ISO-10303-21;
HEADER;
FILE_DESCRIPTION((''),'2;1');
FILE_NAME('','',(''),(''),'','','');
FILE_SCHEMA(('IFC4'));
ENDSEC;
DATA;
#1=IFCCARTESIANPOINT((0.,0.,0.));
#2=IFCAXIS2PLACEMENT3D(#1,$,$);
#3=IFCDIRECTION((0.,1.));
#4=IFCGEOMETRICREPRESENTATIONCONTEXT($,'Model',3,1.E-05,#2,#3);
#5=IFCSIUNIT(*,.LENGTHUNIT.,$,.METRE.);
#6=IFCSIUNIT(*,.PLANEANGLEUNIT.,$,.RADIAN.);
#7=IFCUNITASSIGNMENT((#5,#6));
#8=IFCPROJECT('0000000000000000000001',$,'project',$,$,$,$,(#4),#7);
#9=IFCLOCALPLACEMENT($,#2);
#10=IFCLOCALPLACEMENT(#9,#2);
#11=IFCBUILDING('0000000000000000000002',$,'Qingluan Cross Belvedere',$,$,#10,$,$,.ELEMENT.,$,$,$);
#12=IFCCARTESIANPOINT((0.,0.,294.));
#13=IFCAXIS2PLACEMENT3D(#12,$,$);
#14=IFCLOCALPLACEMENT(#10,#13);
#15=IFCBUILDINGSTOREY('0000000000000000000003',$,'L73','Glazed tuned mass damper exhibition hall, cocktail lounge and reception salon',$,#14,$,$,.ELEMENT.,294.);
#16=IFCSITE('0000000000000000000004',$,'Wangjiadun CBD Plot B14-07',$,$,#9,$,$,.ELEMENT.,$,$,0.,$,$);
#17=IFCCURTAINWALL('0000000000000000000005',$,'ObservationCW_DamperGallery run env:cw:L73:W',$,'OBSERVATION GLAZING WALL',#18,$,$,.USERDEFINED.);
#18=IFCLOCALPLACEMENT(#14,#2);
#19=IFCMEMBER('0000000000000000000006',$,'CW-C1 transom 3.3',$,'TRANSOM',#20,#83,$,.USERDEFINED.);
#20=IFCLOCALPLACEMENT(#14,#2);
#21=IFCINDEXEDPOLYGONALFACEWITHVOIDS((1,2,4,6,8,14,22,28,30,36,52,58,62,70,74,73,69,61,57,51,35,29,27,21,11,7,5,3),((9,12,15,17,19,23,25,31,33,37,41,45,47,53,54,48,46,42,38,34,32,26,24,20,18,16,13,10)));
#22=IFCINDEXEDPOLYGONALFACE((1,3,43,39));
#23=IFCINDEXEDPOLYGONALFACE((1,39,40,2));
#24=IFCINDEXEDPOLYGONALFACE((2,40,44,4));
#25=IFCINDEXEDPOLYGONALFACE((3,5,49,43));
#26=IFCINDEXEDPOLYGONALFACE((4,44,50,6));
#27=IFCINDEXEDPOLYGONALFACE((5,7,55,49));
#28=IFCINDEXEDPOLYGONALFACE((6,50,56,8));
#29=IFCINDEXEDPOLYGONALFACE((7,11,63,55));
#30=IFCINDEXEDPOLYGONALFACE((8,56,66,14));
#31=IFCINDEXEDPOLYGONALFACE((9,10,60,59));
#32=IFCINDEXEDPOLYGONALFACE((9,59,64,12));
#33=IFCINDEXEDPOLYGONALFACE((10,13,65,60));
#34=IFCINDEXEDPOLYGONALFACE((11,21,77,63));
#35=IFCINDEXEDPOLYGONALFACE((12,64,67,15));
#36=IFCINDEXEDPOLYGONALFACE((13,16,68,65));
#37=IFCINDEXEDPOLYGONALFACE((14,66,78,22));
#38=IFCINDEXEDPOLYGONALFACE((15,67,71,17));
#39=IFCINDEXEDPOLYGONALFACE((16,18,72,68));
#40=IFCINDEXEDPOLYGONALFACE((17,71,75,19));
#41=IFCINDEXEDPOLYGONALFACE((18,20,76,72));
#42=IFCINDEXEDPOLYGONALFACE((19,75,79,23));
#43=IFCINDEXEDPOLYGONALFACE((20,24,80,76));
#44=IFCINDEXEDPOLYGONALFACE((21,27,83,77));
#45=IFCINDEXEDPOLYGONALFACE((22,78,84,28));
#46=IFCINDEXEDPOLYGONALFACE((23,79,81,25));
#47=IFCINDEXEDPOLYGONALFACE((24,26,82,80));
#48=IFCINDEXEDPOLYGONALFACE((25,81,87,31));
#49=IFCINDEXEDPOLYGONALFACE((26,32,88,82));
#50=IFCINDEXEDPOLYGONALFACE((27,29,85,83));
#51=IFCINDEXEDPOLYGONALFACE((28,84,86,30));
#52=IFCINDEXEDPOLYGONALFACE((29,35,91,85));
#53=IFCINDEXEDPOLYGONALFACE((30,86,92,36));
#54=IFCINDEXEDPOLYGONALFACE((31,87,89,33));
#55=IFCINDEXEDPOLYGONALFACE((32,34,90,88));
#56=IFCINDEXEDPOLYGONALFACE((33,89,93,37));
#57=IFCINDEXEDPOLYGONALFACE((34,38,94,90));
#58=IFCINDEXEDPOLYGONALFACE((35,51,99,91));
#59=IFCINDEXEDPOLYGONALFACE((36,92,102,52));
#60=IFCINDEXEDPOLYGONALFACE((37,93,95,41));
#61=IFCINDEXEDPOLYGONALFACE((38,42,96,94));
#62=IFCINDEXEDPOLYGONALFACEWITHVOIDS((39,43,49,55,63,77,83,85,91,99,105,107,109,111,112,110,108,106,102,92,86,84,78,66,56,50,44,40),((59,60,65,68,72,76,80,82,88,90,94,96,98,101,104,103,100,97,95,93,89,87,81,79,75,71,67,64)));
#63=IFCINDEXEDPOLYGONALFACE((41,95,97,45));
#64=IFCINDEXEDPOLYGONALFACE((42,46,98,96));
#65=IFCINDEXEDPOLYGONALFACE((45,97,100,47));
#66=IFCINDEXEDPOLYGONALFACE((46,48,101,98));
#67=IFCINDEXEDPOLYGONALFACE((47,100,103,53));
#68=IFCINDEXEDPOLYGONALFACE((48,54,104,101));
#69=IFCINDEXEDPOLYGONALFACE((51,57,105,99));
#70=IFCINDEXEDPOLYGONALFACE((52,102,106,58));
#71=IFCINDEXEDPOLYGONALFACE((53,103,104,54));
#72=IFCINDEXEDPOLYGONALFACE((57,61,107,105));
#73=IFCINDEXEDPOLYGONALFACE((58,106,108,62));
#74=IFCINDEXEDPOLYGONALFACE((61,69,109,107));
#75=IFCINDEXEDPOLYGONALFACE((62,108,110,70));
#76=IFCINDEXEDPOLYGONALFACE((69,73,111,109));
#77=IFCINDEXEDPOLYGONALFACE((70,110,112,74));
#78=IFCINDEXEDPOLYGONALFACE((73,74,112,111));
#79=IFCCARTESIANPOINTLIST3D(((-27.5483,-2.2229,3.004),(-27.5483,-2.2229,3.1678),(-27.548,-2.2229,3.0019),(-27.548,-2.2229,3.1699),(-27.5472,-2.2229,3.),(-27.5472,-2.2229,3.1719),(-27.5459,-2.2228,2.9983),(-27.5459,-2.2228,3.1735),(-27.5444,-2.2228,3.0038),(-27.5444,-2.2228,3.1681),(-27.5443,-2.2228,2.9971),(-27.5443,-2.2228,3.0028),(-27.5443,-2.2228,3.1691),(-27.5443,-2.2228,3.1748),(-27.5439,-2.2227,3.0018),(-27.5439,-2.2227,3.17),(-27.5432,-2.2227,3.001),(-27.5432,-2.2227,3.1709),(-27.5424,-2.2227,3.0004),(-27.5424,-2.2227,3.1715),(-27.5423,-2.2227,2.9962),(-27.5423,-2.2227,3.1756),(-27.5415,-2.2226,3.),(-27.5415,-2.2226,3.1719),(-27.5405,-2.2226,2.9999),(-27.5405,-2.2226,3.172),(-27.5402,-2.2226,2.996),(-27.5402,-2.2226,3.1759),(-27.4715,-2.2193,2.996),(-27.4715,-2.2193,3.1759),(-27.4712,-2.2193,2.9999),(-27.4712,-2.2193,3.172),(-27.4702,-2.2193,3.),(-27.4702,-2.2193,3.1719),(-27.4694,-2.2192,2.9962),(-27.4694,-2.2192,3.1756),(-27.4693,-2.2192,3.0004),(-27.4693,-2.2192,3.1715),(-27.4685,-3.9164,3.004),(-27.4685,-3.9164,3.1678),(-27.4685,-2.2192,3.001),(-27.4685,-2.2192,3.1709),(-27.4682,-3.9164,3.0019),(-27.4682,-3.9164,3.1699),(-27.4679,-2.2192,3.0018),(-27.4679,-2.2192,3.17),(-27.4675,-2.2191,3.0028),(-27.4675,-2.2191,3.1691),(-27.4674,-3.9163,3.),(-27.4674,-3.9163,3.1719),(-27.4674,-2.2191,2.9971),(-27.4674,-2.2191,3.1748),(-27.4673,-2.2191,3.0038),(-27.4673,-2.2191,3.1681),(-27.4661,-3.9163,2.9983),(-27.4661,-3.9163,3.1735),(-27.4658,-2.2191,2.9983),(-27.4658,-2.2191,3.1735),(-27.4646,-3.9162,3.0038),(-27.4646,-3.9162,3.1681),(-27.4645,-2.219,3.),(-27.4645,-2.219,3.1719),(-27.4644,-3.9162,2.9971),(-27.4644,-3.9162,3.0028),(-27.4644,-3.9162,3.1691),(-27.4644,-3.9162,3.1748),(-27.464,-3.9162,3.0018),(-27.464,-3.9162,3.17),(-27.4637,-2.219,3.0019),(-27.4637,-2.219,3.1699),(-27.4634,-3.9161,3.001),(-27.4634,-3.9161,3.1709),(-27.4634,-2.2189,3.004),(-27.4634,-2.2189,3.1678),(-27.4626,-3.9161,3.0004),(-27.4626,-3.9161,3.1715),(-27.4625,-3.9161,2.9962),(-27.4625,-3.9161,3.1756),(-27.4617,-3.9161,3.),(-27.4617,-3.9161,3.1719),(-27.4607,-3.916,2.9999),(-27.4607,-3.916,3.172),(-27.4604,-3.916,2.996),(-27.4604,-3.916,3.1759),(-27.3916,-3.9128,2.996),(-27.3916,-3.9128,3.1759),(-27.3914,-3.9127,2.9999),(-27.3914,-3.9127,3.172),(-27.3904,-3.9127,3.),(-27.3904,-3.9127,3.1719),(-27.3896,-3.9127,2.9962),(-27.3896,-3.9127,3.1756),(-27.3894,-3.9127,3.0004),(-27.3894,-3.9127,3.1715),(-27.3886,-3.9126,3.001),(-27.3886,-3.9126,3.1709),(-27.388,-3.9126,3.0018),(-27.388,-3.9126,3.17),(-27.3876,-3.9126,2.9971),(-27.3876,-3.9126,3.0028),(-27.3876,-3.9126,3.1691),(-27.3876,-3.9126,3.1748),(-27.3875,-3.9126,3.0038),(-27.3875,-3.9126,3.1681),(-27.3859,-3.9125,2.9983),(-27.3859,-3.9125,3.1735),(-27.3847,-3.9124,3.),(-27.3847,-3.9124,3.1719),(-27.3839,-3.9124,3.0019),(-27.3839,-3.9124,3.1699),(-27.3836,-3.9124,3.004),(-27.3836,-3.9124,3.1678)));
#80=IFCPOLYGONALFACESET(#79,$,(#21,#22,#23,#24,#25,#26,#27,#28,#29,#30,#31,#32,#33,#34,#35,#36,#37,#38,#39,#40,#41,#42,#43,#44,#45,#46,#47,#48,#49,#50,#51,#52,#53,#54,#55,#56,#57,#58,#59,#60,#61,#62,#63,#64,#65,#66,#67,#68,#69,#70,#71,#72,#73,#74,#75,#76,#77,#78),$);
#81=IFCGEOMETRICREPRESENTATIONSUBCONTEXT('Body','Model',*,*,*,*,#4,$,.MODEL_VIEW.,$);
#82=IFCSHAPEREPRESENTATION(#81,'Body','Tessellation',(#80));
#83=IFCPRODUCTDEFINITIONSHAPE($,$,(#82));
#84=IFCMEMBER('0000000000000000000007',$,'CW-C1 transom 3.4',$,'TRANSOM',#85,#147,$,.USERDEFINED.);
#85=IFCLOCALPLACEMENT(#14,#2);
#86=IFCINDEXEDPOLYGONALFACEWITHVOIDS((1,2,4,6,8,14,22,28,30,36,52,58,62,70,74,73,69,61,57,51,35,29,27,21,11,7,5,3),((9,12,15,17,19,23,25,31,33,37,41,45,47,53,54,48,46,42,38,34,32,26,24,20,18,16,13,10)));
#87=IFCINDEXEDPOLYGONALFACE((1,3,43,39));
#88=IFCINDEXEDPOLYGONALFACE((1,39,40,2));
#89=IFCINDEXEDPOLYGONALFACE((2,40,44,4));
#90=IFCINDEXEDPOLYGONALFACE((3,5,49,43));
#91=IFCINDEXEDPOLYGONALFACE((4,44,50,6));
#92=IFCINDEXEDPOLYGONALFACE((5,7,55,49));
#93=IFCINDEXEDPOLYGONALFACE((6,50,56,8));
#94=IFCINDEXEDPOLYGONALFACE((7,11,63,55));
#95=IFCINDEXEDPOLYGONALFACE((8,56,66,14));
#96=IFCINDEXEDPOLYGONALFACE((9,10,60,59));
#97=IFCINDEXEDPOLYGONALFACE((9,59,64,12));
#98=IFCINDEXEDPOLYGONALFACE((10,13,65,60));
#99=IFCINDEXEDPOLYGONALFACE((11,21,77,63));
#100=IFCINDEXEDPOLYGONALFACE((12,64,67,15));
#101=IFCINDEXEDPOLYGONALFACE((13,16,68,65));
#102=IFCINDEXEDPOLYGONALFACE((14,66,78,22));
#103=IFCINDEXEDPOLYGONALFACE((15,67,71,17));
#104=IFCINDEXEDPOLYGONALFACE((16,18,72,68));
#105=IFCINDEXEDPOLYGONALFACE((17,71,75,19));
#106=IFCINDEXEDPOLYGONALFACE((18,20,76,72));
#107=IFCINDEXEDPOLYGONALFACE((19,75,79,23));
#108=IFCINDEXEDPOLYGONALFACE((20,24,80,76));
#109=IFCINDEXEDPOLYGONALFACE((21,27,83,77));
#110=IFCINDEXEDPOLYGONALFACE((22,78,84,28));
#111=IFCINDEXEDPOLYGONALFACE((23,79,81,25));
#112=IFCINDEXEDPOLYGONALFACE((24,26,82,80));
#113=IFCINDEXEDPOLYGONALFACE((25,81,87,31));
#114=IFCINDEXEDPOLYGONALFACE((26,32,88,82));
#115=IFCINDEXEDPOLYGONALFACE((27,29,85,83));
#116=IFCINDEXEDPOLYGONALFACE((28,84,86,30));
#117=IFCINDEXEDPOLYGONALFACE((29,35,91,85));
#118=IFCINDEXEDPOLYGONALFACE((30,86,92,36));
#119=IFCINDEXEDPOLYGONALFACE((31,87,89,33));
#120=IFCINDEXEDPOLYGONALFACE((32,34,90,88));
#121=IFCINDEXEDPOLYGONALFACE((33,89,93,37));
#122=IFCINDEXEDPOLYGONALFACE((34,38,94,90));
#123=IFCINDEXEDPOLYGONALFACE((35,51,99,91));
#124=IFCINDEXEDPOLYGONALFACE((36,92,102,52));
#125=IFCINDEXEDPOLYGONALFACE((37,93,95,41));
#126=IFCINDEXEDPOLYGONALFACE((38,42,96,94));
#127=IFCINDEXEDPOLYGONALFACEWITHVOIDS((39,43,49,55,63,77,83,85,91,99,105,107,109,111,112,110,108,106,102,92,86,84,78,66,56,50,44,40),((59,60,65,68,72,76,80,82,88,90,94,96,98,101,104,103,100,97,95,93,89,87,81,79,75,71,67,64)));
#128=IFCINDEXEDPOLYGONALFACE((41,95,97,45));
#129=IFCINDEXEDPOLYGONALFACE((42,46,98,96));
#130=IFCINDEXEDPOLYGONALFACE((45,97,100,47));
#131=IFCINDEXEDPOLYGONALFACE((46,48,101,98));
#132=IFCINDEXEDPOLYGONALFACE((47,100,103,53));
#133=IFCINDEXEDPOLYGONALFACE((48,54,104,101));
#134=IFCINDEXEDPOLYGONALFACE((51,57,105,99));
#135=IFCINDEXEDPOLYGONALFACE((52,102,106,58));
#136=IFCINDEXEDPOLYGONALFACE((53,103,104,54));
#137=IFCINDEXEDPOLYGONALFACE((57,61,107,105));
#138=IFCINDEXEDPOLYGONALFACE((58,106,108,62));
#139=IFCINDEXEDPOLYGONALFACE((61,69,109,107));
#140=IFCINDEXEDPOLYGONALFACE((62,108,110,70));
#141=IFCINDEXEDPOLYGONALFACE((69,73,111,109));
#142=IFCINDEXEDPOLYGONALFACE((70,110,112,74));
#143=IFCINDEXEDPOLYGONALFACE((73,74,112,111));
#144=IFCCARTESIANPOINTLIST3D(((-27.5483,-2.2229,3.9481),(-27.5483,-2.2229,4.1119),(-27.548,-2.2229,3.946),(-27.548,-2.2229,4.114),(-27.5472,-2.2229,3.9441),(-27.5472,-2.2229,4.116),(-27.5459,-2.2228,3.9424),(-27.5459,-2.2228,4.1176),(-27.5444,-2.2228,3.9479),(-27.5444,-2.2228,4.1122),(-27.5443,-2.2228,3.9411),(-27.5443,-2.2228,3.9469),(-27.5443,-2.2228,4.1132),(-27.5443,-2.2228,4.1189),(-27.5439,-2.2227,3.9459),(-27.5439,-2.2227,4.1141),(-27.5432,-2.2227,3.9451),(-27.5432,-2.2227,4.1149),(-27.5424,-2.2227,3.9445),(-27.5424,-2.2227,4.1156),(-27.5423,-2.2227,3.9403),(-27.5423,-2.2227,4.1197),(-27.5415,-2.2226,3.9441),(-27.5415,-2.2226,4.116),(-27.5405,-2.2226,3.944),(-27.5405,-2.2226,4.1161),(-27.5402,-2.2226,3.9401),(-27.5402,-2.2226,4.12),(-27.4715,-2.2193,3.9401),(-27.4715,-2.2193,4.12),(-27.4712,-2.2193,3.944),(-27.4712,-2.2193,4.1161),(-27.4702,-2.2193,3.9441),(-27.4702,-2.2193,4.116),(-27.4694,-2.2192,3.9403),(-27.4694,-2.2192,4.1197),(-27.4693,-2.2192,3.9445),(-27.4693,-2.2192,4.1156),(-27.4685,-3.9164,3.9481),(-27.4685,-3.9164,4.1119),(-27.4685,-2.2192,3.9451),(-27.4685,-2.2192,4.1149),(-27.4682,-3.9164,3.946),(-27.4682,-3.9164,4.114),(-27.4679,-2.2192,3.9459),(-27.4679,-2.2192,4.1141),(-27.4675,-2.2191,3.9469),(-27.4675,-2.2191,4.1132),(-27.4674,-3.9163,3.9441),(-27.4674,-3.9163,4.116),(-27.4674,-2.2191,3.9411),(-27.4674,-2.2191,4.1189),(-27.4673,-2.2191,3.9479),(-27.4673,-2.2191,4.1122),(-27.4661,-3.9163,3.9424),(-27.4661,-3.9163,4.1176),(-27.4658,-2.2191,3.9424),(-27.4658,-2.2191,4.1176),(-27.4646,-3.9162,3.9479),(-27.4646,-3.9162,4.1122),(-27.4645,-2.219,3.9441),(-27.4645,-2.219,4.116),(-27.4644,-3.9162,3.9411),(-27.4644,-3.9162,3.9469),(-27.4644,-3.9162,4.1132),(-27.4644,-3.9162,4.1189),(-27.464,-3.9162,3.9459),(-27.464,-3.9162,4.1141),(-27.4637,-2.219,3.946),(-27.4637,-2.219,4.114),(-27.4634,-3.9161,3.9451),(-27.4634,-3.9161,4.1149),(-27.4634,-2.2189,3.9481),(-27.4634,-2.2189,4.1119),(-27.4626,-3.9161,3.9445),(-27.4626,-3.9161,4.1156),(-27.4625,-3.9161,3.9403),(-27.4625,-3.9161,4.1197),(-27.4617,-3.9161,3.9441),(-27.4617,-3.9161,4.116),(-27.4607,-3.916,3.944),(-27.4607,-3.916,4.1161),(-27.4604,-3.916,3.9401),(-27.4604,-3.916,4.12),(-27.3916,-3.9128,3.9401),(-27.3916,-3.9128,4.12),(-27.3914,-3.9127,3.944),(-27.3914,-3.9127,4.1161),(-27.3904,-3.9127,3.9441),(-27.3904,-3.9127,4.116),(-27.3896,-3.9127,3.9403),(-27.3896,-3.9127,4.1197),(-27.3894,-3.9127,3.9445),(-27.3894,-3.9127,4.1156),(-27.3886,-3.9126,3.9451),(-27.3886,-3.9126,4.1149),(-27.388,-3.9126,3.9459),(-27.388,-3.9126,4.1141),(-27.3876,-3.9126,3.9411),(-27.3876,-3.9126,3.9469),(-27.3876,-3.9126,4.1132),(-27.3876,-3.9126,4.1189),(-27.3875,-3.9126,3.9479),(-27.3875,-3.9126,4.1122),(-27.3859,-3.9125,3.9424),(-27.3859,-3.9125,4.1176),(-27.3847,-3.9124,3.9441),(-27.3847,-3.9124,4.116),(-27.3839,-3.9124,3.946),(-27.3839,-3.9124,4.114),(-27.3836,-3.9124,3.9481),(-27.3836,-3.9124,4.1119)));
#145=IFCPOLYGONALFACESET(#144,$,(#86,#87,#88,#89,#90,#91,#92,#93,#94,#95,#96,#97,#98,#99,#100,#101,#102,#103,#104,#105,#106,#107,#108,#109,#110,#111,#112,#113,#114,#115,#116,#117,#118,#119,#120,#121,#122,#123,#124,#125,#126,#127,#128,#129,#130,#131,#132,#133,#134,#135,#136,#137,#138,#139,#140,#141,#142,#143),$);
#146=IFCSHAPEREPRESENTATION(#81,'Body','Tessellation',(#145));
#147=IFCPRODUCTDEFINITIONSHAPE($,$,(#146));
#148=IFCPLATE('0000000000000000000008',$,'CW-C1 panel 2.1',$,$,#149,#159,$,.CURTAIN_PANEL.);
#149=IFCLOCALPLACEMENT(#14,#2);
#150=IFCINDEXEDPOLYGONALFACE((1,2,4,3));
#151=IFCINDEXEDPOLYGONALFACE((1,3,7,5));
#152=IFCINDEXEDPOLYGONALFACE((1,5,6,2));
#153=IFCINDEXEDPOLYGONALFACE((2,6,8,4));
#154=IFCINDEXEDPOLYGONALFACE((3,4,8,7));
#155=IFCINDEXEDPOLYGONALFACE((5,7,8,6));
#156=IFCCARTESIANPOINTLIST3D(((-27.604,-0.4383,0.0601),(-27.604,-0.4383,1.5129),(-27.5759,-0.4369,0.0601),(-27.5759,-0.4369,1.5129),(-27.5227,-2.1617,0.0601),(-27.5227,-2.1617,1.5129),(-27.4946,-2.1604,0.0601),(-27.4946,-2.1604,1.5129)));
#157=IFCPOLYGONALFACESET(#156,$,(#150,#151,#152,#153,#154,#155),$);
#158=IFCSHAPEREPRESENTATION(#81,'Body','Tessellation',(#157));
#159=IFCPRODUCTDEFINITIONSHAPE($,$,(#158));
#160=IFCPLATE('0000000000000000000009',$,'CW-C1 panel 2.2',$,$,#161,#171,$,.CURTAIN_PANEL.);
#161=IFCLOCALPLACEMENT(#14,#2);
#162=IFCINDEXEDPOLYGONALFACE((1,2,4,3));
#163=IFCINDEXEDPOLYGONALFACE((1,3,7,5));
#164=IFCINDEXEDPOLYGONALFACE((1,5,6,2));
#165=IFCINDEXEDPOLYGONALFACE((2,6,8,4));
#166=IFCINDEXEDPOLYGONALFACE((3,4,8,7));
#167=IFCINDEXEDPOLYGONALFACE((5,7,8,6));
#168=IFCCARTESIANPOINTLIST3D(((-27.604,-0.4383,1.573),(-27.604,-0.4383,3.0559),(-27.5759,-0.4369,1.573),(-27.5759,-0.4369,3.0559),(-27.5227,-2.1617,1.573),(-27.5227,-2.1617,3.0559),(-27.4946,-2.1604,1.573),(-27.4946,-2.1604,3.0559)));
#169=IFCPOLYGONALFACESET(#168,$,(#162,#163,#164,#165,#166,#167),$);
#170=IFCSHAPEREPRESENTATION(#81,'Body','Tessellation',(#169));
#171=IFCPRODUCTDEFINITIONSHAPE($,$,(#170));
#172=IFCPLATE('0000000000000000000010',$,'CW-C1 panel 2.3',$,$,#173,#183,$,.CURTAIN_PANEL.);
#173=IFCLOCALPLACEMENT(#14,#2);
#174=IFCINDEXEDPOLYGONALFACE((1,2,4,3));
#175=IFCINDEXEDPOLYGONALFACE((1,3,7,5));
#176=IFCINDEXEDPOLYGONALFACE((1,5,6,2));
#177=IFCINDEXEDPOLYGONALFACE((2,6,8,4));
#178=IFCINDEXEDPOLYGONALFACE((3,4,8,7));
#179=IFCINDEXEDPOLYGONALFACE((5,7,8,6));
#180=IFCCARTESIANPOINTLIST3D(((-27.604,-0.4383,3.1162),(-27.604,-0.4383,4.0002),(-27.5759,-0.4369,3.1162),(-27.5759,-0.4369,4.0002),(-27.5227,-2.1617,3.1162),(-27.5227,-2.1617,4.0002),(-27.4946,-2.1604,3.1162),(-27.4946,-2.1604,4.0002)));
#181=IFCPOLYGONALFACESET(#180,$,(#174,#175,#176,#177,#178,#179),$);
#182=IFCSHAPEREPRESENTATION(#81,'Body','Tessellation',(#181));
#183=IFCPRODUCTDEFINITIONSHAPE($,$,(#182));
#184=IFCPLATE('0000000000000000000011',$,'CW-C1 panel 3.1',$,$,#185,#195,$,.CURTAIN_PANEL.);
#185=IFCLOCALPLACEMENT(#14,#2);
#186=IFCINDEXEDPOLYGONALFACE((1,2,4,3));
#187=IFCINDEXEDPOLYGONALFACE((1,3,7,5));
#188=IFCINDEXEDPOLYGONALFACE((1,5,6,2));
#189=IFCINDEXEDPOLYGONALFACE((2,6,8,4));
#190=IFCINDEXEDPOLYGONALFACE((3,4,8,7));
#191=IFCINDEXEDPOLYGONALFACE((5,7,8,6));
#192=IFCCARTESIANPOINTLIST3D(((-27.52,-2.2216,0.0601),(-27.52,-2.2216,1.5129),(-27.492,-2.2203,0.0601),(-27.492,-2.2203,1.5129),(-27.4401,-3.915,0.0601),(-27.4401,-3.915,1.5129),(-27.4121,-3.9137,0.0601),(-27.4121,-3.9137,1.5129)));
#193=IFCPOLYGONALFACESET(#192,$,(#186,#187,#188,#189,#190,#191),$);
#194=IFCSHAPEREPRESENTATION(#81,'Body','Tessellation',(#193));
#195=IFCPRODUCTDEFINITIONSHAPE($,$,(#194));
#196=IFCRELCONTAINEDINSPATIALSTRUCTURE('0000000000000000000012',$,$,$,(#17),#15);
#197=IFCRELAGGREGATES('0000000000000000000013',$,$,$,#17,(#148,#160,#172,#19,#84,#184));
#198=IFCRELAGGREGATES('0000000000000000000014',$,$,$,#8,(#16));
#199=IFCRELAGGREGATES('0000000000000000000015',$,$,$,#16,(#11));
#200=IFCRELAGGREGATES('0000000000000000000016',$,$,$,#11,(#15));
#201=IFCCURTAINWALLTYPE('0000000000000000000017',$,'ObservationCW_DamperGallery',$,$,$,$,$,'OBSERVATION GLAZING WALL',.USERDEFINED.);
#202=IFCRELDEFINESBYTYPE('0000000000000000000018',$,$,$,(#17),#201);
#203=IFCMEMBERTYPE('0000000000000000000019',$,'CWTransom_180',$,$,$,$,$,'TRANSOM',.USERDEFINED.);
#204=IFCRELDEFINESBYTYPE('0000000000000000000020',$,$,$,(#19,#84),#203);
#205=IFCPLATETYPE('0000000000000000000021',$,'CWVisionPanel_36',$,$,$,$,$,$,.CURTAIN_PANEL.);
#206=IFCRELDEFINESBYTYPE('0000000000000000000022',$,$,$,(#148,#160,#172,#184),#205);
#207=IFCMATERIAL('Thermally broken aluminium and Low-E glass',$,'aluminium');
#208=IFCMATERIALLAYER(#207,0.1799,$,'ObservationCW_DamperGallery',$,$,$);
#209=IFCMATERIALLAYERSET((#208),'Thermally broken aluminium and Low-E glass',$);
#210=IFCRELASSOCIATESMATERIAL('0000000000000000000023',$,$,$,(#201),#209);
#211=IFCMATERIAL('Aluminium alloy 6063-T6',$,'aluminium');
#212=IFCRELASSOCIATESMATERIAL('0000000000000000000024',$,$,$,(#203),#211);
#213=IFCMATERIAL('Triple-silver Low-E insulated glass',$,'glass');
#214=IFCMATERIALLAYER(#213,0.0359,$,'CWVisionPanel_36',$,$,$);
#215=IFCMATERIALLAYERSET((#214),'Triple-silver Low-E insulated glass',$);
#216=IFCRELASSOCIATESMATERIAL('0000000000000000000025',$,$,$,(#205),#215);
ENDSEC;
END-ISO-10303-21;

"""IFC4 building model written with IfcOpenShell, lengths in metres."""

from ifc_helpers import new_model, si_unit, direction, frame, origin, origin_2d, place, context, subcontext, project, spatial, rectangle, hollow_rectangle, extrude, material, layer, layer_set, material_profile, profile_set, type_object, element, aggregate, save


model = new_model("IFC4")

# Units and contexts
model_context = context("Model", 3, precision=1e-05, world=origin(), true_north=direction((0.0, 1.0)))
body_context = subcontext(model_context, "Body", "Model", "MODEL_VIEW")
ifc_project = project(units=[si_unit("LENGTHUNIT", "METRE"), si_unit("PLANEANGLEUNIT", "RADIAN")], contexts=[model_context])

# Site, building, storey
site_placement = place(None, origin())
site = spatial("IfcSite", under=ifc_project, at=site_placement, Name="Wangjiadun CBD Plot B14-07", CompositionType="ELEMENT", RefElevation=0.0)
building_placement = place(site_placement, origin())
building = spatial("IfcBuilding", under=site, at=building_placement, Name="Qingluan Cross Belvedere", CompositionType="ELEMENT")
storey_placement = place(building_placement, frame((0.0, 0.0, 294.0)))
storey = spatial("IfcBuildingStorey", under=building, at=storey_placement, Name="L73", Description="Glazed tuned mass damper exhibition hall, cocktail lounge and reception salon", CompositionType="ELEMENT", Elevation=294.0)

# Curtain wall, members, plates
ifc_material_1 = material(Name="Thermally broken aluminium and Low-E glass", Category="aluminium")
ifc_layer_1 = layer(ifc_material_1, 0.1799, Name="ObservationCW_DamperGallery")
ifc_layer_set_1 = layer_set([ifc_layer_1], Name="Thermally broken aluminium and Low-E glass")
curtain_wall_type = type_object("IfcCurtainWallType", Name="ObservationCW_DamperGallery", ElementType="OBSERVATION GLAZING WALL", PredefinedType="USERDEFINED", material=ifc_layer_set_1)
curtain_wall_placement = place(storey_placement, origin())
curtain_wall = element("IfcCurtainWall", 1, at=curtain_wall_placement, inside=storey, type_object=curtain_wall_type, Name="ObservationCW_DamperGallery run env:cw:L73:W", ObjectType="OBSERVATION GLAZING WALL", PredefinedType="USERDEFINED")
ifc_material_2 = material(Name="Aluminium alloy 6063-T6", Category="aluminium")
ifc_material_profile_1 = material_profile(ifc_material_2, hollow_rectangle(XDim=0.085, YDim=0.1799, WallThickness=0.0039, InnerFilletRadius=0.0039, OuterFilletRadius=0.0081, at=origin_2d()), Name="CWT180x85x4")
ifc_profile_set_1 = profile_set([ifc_material_profile_1], Name="Aluminium alloy 6063-T6")
member_type_1 = type_object("IfcMemberType", Name="CWTransom_180", ElementType="TRANSOM", PredefinedType="USERDEFINED", material=ifc_profile_set_1)
member_1_placement = place(storey_placement, frame((-27.5059, -2.2209, 3.0859), z_axis=(0.047093, -0.998891, 0.0), x_axis=(0.998891, 0.047093, 0.0)))
member_1 = element("IfcMember", 2, at=member_1_placement, type_object=member_type_1, Name="CW-C1 transom 3.3", ObjectType="TRANSOM", PredefinedType="USERDEFINED", context=body_context, shape_type="SweptSolid", body=[
    extrude(hollow_rectangle(XDim=0.085, YDim=0.1799, WallThickness=0.0039, InnerFilletRadius=0.0039, OuterFilletRadius=0.0081, at=origin_2d()), origin(), (0.0, 0.0, 1.0), 1.6953),
])
member_2_placement = place(storey_placement, frame((-27.5059, -2.2209, 4.03), z_axis=(0.047093, -0.998891, 0.0), x_axis=(0.998891, 0.047093, 0.0)))
member_2 = element("IfcMember", 3, at=member_2_placement, type_object=member_type_1, Name="CW-C1 transom 3.4", ObjectType="TRANSOM", PredefinedType="USERDEFINED", context=body_context, shape_type="SweptSolid", body=[
    extrude(hollow_rectangle(XDim=0.085, YDim=0.1799, WallThickness=0.0039, InnerFilletRadius=0.0039, OuterFilletRadius=0.0081, at=origin_2d()), origin(), (0.0, 0.0, 1.0), 1.6953),
])
ifc_material_3 = material(Name="Triple-silver Low-E insulated glass", Category="glass")
ifc_layer_2 = layer(ifc_material_3, 0.0359, Name="CWVisionPanel_36")
ifc_layer_set_2 = layer_set([ifc_layer_2], Name="Triple-silver Low-E insulated glass")
plate_type = type_object("IfcPlateType", Name="CWVisionPanel_36", PredefinedType="CURTAIN_PANEL", material=ifc_layer_set_2)
plate_1_placement = place(storey_placement, frame((-27.5493, -1.2993, 0.0601), z_axis=(0.0, 0.0, 1.0), x_axis=(0.047125, -0.998889, 0.0)))
plate_1 = element("IfcPlate", 4, at=plate_1_placement, type_object=plate_type, Name="CW-C1 panel 2.1", PredefinedType="CURTAIN_PANEL", context=body_context, shape_type="SweptSolid", body=[
    extrude(rectangle(XDim=1.7253, YDim=0.0281, at=origin_2d()), origin(), (0.0, 0.0, 1.0), 1.4529),
])
plate_2_placement = place(storey_placement, frame((-27.5493, -1.2993, 1.573), z_axis=(0.0, 0.0, 1.0), x_axis=(0.047125, -0.998889, 0.0)))
plate_2 = element("IfcPlate", 5, at=plate_2_placement, type_object=plate_type, Name="CW-C1 panel 2.2", PredefinedType="CURTAIN_PANEL", context=body_context, shape_type="SweptSolid", body=[
    extrude(rectangle(XDim=1.7253, YDim=0.0281, at=origin_2d()), origin(), (0.0, 0.0, 1.0), 1.4829),
])
plate_3_placement = place(storey_placement, frame((-27.5493, -1.2993, 3.1162), z_axis=(0.0, 0.0, 1.0), x_axis=(0.047125, -0.998889, 0.0)))
plate_3 = element("IfcPlate", 6, at=plate_3_placement, type_object=plate_type, Name="CW-C1 panel 2.3", PredefinedType="CURTAIN_PANEL", context=body_context, shape_type="SweptSolid", body=[
    extrude(rectangle(XDim=1.7253, YDim=0.0281, at=origin_2d()), origin(), (0.0, 0.0, 1.0), 0.884),
])
plate_4_placement = place(storey_placement, frame((-27.4661, -3.0676, 0.0601), z_axis=(0.0, 0.0, 1.0), x_axis=(0.047125, -0.998889, 0.0)))
plate_4 = element("IfcPlate", 7, at=plate_4_placement, type_object=plate_type, Name="CW-C1 panel 3.1", PredefinedType="CURTAIN_PANEL", context=body_context, shape_type="SweptSolid", body=[
    extrude(rectangle(XDim=1.6953, YDim=0.0281, at=origin_2d()), origin(), (0.0, 0.0, 1.0), 1.4529),
])
aggregate(curtain_wall, [plate_1, plate_2, plate_3, member_1, member_2, plate_4])

save(model, "model.ifc")
